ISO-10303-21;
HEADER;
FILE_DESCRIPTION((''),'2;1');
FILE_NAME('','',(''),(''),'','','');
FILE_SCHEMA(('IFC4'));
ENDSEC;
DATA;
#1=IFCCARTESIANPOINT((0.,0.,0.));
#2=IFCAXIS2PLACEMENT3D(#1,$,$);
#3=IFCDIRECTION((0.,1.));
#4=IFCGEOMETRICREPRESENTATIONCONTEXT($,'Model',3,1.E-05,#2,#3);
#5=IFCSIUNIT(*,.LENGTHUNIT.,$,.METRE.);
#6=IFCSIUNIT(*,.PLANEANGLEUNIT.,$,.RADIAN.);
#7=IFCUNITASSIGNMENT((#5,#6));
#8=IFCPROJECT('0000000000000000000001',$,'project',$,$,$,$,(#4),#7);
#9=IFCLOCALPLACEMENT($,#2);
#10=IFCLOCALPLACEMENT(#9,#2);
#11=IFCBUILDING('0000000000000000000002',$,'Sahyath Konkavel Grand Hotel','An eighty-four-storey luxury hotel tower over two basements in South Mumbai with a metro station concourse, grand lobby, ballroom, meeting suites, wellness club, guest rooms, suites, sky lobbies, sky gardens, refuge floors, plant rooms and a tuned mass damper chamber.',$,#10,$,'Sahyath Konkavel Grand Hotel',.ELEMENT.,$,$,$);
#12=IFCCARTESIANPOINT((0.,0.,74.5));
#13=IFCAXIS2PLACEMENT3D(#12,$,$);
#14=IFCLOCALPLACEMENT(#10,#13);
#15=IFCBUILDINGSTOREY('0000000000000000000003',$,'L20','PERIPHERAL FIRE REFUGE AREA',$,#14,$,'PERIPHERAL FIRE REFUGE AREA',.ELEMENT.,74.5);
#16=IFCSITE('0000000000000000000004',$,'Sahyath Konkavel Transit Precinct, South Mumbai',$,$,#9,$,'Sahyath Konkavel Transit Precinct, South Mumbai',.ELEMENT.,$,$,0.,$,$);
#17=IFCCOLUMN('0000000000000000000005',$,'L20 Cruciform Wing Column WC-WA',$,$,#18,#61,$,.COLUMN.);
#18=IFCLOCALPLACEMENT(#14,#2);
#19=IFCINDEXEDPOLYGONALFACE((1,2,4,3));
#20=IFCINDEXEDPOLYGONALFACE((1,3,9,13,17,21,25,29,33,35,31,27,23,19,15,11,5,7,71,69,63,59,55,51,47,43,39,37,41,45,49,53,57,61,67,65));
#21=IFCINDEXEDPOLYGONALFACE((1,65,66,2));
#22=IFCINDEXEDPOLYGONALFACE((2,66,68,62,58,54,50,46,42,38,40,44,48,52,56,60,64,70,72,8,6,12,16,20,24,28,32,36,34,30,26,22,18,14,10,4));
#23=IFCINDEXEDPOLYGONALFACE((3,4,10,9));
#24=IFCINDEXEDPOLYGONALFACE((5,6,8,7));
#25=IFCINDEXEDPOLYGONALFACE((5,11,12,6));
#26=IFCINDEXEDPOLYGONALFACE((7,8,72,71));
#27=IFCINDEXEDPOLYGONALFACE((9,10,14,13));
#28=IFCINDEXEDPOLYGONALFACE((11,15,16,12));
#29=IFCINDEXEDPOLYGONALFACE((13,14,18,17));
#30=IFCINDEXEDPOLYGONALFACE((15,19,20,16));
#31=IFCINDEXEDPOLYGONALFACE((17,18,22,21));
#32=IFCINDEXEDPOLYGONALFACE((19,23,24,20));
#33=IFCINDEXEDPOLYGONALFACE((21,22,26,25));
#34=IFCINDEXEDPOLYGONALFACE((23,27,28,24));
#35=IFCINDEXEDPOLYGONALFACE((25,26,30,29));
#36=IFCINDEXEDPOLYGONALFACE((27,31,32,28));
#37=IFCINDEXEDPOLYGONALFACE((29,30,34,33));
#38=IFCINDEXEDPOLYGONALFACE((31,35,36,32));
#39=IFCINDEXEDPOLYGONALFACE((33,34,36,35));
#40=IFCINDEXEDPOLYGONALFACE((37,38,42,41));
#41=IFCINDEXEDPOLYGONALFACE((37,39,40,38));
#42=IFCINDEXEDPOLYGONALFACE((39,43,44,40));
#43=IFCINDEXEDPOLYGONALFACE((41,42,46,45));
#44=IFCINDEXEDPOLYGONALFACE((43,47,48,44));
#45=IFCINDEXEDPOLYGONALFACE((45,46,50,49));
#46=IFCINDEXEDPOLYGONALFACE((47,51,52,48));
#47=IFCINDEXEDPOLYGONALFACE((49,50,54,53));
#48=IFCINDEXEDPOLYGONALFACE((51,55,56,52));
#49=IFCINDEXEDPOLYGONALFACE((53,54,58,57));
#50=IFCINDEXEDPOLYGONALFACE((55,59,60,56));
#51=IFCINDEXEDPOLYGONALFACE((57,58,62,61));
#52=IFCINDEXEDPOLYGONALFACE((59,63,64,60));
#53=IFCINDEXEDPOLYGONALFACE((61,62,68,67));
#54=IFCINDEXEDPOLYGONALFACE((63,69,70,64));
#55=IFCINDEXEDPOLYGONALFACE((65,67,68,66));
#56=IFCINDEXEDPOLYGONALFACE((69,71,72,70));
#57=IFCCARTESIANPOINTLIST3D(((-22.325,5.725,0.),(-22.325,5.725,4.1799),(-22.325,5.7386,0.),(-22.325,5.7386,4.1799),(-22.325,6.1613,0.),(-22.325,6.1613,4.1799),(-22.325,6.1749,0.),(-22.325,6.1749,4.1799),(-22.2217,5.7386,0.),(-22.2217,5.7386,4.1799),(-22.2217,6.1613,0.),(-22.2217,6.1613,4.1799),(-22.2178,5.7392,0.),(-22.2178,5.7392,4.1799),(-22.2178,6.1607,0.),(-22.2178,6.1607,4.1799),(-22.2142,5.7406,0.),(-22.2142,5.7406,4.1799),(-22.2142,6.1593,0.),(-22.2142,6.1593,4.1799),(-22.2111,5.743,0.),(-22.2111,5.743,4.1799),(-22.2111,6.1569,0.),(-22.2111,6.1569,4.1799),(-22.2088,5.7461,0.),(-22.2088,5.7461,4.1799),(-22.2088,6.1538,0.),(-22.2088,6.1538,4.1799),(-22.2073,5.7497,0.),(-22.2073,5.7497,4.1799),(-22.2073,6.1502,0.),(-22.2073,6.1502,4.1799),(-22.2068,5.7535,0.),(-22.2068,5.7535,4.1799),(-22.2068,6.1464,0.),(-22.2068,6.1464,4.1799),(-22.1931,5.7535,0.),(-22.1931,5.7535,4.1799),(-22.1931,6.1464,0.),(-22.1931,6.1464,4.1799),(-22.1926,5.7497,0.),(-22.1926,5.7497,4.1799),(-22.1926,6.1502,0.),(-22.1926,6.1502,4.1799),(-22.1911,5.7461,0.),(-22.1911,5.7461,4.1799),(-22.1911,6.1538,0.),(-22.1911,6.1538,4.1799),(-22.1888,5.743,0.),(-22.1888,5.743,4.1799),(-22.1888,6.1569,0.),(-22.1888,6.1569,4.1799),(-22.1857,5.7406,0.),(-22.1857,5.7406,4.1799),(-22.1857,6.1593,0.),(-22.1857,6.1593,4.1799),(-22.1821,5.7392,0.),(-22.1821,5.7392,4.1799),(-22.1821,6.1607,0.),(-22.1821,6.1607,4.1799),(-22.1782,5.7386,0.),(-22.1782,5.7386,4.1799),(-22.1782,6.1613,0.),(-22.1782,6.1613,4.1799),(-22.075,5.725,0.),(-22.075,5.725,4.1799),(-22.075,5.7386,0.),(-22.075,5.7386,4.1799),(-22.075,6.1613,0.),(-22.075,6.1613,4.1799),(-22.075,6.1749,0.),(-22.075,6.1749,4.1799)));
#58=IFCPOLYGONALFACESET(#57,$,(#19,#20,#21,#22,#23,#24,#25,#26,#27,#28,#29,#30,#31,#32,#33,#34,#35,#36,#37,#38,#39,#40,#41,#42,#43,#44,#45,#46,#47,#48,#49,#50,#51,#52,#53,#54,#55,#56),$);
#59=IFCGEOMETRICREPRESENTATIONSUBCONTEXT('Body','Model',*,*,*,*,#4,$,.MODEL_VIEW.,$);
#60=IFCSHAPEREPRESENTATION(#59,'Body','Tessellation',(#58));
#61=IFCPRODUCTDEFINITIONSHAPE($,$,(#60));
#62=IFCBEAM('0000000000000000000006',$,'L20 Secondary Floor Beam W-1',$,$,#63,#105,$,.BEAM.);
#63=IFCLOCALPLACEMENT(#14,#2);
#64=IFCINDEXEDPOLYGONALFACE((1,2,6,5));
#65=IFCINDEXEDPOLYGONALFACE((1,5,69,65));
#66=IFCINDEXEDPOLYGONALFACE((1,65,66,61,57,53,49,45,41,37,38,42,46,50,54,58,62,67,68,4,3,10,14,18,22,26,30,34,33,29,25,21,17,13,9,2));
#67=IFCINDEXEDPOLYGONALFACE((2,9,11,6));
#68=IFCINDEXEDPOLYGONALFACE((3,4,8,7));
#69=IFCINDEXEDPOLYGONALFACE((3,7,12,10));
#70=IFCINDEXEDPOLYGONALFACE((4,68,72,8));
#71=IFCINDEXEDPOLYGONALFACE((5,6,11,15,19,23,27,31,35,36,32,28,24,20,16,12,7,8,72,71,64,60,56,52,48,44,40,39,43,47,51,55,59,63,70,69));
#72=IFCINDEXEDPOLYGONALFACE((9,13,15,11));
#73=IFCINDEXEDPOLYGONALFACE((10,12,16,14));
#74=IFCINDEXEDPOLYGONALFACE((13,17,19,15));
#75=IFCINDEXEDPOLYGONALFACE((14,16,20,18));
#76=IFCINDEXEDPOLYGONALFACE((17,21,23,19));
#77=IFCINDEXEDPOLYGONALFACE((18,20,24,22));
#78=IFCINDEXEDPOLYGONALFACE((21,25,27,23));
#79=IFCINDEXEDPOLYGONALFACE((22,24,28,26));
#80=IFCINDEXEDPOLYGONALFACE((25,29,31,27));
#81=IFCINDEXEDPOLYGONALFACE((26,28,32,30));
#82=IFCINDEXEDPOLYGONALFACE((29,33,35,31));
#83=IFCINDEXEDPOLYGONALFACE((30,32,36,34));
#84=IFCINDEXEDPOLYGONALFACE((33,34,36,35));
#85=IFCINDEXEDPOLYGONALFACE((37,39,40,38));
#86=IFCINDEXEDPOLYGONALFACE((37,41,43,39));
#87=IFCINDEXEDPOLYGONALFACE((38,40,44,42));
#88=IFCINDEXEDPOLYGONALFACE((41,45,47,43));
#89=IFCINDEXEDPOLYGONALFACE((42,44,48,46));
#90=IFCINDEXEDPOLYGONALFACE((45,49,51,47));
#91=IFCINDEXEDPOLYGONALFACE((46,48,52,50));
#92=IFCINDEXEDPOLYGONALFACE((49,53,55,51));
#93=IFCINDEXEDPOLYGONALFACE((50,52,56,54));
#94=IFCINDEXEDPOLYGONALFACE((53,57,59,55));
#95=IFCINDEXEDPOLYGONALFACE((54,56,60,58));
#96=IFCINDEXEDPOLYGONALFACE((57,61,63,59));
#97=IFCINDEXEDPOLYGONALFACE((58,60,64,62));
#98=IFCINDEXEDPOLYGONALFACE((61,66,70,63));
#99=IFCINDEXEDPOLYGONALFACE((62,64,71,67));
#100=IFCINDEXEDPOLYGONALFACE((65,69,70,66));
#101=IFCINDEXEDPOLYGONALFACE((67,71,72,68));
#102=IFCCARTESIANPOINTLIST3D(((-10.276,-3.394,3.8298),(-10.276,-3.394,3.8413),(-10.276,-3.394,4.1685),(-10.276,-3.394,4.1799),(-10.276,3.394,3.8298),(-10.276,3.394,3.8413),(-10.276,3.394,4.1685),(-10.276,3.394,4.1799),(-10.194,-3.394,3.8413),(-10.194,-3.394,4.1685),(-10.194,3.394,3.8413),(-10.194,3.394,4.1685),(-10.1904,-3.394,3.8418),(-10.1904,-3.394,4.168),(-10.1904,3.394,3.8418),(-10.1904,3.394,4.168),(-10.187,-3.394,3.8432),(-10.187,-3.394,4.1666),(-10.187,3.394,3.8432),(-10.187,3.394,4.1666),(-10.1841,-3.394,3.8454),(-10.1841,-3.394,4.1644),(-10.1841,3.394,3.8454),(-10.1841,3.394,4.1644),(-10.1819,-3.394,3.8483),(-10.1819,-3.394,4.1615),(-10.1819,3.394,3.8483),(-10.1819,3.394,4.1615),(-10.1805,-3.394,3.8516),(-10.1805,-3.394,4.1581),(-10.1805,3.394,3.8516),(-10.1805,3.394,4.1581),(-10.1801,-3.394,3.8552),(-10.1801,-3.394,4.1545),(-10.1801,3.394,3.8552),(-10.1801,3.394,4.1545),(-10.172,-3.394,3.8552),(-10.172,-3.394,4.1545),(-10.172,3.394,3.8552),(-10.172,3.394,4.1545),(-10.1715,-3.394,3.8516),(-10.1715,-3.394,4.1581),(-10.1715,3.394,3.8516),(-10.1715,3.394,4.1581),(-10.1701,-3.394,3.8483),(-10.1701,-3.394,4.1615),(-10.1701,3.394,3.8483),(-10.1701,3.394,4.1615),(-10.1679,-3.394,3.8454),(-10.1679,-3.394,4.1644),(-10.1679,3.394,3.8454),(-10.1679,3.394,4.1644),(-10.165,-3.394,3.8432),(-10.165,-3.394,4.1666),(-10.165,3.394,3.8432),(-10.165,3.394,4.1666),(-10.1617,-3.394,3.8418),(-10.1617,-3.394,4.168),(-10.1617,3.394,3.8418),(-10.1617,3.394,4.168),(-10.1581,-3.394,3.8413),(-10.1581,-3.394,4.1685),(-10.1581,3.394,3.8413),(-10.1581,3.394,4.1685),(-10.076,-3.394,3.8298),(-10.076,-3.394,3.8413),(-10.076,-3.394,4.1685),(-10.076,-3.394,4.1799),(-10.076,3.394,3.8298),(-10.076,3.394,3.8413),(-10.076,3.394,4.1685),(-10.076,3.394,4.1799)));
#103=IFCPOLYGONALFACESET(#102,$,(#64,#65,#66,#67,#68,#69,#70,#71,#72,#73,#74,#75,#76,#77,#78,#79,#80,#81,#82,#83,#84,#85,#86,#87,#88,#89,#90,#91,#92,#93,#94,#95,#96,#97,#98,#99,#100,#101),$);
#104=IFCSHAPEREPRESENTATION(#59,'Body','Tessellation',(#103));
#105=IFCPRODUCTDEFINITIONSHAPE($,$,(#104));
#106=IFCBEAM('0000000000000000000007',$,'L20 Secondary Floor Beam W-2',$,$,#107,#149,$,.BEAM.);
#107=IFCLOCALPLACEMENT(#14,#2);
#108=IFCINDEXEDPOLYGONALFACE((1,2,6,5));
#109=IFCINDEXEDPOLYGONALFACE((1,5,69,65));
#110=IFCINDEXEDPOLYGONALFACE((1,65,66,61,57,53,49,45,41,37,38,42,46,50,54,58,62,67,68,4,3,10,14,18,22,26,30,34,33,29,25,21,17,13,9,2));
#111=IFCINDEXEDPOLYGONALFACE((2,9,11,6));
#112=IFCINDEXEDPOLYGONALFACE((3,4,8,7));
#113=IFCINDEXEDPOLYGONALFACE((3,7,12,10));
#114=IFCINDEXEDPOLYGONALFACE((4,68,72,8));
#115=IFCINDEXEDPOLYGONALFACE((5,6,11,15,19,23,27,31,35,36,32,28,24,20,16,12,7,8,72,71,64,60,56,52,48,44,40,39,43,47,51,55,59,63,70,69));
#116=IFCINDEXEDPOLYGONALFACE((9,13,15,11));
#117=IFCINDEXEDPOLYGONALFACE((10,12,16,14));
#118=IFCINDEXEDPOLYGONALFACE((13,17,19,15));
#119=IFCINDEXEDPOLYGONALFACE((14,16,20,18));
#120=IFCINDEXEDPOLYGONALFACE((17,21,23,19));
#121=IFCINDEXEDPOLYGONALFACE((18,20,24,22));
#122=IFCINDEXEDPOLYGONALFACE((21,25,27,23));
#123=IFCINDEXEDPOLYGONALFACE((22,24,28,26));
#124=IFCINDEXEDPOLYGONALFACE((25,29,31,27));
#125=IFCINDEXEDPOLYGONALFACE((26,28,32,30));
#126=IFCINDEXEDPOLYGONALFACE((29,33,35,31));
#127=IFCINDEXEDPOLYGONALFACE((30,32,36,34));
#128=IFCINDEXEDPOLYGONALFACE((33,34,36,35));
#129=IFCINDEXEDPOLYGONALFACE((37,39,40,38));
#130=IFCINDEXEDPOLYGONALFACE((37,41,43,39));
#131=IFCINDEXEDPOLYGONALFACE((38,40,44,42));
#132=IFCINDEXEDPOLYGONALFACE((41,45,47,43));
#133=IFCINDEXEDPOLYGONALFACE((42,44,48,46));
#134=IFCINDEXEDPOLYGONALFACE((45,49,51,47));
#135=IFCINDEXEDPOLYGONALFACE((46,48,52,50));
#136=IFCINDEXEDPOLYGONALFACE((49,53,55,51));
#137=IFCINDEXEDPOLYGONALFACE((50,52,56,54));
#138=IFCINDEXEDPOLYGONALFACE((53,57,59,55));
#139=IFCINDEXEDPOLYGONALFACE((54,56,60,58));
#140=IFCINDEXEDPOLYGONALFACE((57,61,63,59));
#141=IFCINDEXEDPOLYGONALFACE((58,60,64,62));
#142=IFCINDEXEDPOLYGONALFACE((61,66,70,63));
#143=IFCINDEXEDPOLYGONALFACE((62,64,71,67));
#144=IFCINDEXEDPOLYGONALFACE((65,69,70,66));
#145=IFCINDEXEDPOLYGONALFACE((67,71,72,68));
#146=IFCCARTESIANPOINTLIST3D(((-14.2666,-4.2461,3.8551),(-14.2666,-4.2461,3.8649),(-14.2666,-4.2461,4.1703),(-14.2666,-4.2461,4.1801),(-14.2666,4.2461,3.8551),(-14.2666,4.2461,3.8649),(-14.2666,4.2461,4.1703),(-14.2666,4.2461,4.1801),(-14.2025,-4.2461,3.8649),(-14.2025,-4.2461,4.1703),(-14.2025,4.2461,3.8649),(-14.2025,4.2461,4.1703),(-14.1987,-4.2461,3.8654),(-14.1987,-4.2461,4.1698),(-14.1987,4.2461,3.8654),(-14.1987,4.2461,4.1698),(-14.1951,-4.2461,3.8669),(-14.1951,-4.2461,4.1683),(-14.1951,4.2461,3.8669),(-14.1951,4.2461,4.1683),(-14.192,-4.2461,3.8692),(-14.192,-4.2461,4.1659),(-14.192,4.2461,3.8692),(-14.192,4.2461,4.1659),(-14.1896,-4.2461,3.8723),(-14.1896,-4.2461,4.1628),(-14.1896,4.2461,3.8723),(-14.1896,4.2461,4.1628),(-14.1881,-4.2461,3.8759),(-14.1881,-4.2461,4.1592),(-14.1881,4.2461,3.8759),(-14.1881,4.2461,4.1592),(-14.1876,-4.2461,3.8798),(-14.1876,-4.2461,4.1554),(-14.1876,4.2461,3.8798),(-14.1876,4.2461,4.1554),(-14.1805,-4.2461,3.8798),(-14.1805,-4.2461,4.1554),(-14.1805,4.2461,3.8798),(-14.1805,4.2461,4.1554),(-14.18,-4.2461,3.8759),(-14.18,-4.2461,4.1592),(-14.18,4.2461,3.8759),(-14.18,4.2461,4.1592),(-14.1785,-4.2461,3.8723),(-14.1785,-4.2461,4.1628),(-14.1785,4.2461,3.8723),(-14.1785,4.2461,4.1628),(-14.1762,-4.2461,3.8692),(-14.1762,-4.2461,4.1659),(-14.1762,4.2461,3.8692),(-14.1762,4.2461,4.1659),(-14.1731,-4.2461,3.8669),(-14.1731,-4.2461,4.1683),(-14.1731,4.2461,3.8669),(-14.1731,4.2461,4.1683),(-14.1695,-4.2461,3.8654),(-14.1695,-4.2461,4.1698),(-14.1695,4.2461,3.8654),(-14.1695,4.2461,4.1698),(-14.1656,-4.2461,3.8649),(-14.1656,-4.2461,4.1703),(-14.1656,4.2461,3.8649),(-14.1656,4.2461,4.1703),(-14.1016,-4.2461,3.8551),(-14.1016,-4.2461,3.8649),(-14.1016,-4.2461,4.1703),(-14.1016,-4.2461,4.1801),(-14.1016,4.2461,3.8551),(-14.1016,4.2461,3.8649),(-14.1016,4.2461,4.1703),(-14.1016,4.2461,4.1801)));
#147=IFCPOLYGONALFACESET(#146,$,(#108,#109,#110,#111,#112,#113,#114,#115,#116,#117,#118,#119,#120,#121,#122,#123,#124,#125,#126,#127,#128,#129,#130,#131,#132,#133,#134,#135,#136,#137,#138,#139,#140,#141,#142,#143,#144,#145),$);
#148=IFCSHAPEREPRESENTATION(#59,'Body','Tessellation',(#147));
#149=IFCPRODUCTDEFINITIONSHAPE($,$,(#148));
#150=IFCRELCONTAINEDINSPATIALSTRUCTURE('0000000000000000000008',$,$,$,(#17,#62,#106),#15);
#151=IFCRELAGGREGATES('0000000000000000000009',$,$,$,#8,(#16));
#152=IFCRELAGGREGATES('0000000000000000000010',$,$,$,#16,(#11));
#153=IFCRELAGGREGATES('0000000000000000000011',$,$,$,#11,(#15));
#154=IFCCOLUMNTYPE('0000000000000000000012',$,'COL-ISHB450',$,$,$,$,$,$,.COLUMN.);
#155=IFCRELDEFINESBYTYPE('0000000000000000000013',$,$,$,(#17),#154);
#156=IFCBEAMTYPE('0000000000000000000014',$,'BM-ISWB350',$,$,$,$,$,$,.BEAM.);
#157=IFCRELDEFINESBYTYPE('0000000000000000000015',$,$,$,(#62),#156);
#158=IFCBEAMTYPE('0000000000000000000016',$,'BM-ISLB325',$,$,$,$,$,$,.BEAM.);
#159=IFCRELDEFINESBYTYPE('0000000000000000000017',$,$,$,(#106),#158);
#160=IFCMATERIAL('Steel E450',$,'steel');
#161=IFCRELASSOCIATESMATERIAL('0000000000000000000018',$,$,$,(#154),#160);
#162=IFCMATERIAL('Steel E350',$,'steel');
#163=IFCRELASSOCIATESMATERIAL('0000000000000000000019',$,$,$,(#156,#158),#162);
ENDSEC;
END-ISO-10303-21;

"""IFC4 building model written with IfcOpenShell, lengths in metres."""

from ifc_helpers import new_model, si_unit, direction, frame, origin, origin_2d, place, context, subcontext, project, spatial, i_section, extrude, source, transform, mapped, material, material_profile, profile_set, type_object, element, save


model = new_model("IFC4")

# Units and contexts
model_context = context("Model", 3, precision=1e-05, world=origin(), true_north=direction((0.0, 1.0)))
body_context = subcontext(model_context, "Body", "Model", "MODEL_VIEW")
ifc_project = project(units=[si_unit("LENGTHUNIT", "METRE"), si_unit("PLANEANGLEUNIT", "RADIAN")], contexts=[model_context])

# Site, building, storey
site_placement = place(None, origin())
site = spatial("IfcSite", under=ifc_project, at=site_placement, Name="Sahyath Konkavel Transit Precinct, South Mumbai", LongName="Sahyath Konkavel Transit Precinct, South Mumbai", CompositionType="ELEMENT", RefElevation=0.0)
building_placement = place(site_placement, origin())
building = spatial("IfcBuilding", under=site, at=building_placement, Name="Sahyath Konkavel Grand Hotel", Description="An eighty-four-storey luxury hotel tower over two basements in South Mumbai with a metro station concourse, grand lobby, ballroom, meeting suites, wellness club, guest rooms, suites, sky lobbies, sky gardens, refuge floors, plant rooms and a tuned mass damper chamber.", LongName="Sahyath Konkavel Grand Hotel", CompositionType="ELEMENT")
storey_placement = place(building_placement, frame((0.0, 0.0, 74.5)))
storey = spatial("IfcBuildingStorey", under=building, at=storey_placement, Name="L20", Description="PERIPHERAL FIRE REFUGE AREA", LongName="PERIPHERAL FIRE REFUGE AREA", CompositionType="ELEMENT", Elevation=74.5)

# Column
ifc_material_1 = material(Name="Steel E450", Category="steel")
ifc_material_profile_1 = material_profile(ifc_material_1, i_section(OverallWidth=0.25, OverallDepth=0.45, WebThickness=0.0137, FlangeThickness=0.0137, FilletRadius=0.0149, at=origin_2d()), Name="ISHB 450")
ifc_profile_set_1 = profile_set([ifc_material_profile_1], Name="Steel E450")
column_type = type_object("IfcColumnType", Name="COL-ISHB450", PredefinedType="COLUMN", material=ifc_profile_set_1)
shared_shape_1 = source(origin(), body_context, "Body", "SweptSolid", [
    extrude(i_section(OverallWidth=0.25, OverallDepth=0.45, WebThickness=0.0137, FlangeThickness=0.0137, FilletRadius=0.0149, at=origin_2d()), origin(), (0.0, 0.0, 1.0), 4.1799),
])
column_placement = place(storey_placement, frame((-22.2, 5.95, 0.0), z_axis=(0.0, 0.0, 1.0), x_axis=(1.0, 0.0, 0.0)))
element("IfcColumn", 1, at=column_placement, inside=storey, type_object=column_type, Name="L20 Cruciform Wing Column WC-WA", PredefinedType="COLUMN", context=body_context, shape_type="MappedRepresentation", body=[
    mapped(shared_shape_1, transform((0.0, 0.0, 0.0), scale=1.0)),
])

# Beams
ifc_material_2 = material(Name="Steel E350", Category="steel")
ifc_material_profile_2 = material_profile(ifc_material_2, i_section(OverallWidth=0.2, OverallDepth=0.3501, WebThickness=0.0081, FlangeThickness=0.0115, FilletRadius=0.0139, at=origin_2d()), Name="ISWB 350")
ifc_profile_set_2 = profile_set([ifc_material_profile_2], Name="Steel E350")
beam_type_1 = type_object("IfcBeamType", Name="BM-ISWB350", PredefinedType="BEAM", material=ifc_profile_set_2)
shared_shape_2 = source(origin(), body_context, "Body", "SweptSolid", [
    extrude(i_section(OverallWidth=0.2, OverallDepth=0.3501, WebThickness=0.0081, FlangeThickness=0.0115, FilletRadius=0.0139, at=origin_2d()), origin(), (0.0, 0.0, 1.0), 6.7881),
])
beam_1_placement = place(storey_placement, frame((-10.176, 3.394, 4.0049), z_axis=(0.0, -1.0, 0.0), x_axis=(1.0, 0.0, 0.0)))
element("IfcBeam", 2, at=beam_1_placement, inside=storey, type_object=beam_type_1, Name="L20 Secondary Floor Beam W-1", PredefinedType="BEAM", context=body_context, shape_type="MappedRepresentation", body=[
    mapped(shared_shape_2, transform((0.0, 0.0, 0.0), scale=1.0)),
])
ifc_material_profile_3 = material_profile(ifc_material_2, i_section(OverallWidth=0.165, OverallDepth=0.325, WebThickness=0.0071, FlangeThickness=0.0098, FilletRadius=0.0149, at=origin_2d()), Name="ISLB 325")
ifc_profile_set_3 = profile_set([ifc_material_profile_3], Name="Steel E350")
beam_type_2 = type_object("IfcBeamType", Name="BM-ISLB325", PredefinedType="BEAM", material=ifc_profile_set_3)
shared_shape_3 = source(origin(), body_context, "Body", "SweptSolid", [
    extrude(i_section(OverallWidth=0.165, OverallDepth=0.325, WebThickness=0.0071, FlangeThickness=0.0098, FilletRadius=0.0149, at=origin_2d()), origin(), (0.0, 0.0, 1.0), 8.4922),
])
beam_2_placement = place(storey_placement, frame((-14.1841, 4.2461, 4.0176), z_axis=(0.0, -1.0, 0.0), x_axis=(1.0, 0.0, 0.0)))
element("IfcBeam", 3, at=beam_2_placement, inside=storey, type_object=beam_type_2, Name="L20 Secondary Floor Beam W-2", PredefinedType="BEAM", context=body_context, shape_type="MappedRepresentation", body=[
    mapped(shared_shape_3, transform((0.0, 0.0, 0.0), scale=1.0)),
])

save(model, "model.ifc")
